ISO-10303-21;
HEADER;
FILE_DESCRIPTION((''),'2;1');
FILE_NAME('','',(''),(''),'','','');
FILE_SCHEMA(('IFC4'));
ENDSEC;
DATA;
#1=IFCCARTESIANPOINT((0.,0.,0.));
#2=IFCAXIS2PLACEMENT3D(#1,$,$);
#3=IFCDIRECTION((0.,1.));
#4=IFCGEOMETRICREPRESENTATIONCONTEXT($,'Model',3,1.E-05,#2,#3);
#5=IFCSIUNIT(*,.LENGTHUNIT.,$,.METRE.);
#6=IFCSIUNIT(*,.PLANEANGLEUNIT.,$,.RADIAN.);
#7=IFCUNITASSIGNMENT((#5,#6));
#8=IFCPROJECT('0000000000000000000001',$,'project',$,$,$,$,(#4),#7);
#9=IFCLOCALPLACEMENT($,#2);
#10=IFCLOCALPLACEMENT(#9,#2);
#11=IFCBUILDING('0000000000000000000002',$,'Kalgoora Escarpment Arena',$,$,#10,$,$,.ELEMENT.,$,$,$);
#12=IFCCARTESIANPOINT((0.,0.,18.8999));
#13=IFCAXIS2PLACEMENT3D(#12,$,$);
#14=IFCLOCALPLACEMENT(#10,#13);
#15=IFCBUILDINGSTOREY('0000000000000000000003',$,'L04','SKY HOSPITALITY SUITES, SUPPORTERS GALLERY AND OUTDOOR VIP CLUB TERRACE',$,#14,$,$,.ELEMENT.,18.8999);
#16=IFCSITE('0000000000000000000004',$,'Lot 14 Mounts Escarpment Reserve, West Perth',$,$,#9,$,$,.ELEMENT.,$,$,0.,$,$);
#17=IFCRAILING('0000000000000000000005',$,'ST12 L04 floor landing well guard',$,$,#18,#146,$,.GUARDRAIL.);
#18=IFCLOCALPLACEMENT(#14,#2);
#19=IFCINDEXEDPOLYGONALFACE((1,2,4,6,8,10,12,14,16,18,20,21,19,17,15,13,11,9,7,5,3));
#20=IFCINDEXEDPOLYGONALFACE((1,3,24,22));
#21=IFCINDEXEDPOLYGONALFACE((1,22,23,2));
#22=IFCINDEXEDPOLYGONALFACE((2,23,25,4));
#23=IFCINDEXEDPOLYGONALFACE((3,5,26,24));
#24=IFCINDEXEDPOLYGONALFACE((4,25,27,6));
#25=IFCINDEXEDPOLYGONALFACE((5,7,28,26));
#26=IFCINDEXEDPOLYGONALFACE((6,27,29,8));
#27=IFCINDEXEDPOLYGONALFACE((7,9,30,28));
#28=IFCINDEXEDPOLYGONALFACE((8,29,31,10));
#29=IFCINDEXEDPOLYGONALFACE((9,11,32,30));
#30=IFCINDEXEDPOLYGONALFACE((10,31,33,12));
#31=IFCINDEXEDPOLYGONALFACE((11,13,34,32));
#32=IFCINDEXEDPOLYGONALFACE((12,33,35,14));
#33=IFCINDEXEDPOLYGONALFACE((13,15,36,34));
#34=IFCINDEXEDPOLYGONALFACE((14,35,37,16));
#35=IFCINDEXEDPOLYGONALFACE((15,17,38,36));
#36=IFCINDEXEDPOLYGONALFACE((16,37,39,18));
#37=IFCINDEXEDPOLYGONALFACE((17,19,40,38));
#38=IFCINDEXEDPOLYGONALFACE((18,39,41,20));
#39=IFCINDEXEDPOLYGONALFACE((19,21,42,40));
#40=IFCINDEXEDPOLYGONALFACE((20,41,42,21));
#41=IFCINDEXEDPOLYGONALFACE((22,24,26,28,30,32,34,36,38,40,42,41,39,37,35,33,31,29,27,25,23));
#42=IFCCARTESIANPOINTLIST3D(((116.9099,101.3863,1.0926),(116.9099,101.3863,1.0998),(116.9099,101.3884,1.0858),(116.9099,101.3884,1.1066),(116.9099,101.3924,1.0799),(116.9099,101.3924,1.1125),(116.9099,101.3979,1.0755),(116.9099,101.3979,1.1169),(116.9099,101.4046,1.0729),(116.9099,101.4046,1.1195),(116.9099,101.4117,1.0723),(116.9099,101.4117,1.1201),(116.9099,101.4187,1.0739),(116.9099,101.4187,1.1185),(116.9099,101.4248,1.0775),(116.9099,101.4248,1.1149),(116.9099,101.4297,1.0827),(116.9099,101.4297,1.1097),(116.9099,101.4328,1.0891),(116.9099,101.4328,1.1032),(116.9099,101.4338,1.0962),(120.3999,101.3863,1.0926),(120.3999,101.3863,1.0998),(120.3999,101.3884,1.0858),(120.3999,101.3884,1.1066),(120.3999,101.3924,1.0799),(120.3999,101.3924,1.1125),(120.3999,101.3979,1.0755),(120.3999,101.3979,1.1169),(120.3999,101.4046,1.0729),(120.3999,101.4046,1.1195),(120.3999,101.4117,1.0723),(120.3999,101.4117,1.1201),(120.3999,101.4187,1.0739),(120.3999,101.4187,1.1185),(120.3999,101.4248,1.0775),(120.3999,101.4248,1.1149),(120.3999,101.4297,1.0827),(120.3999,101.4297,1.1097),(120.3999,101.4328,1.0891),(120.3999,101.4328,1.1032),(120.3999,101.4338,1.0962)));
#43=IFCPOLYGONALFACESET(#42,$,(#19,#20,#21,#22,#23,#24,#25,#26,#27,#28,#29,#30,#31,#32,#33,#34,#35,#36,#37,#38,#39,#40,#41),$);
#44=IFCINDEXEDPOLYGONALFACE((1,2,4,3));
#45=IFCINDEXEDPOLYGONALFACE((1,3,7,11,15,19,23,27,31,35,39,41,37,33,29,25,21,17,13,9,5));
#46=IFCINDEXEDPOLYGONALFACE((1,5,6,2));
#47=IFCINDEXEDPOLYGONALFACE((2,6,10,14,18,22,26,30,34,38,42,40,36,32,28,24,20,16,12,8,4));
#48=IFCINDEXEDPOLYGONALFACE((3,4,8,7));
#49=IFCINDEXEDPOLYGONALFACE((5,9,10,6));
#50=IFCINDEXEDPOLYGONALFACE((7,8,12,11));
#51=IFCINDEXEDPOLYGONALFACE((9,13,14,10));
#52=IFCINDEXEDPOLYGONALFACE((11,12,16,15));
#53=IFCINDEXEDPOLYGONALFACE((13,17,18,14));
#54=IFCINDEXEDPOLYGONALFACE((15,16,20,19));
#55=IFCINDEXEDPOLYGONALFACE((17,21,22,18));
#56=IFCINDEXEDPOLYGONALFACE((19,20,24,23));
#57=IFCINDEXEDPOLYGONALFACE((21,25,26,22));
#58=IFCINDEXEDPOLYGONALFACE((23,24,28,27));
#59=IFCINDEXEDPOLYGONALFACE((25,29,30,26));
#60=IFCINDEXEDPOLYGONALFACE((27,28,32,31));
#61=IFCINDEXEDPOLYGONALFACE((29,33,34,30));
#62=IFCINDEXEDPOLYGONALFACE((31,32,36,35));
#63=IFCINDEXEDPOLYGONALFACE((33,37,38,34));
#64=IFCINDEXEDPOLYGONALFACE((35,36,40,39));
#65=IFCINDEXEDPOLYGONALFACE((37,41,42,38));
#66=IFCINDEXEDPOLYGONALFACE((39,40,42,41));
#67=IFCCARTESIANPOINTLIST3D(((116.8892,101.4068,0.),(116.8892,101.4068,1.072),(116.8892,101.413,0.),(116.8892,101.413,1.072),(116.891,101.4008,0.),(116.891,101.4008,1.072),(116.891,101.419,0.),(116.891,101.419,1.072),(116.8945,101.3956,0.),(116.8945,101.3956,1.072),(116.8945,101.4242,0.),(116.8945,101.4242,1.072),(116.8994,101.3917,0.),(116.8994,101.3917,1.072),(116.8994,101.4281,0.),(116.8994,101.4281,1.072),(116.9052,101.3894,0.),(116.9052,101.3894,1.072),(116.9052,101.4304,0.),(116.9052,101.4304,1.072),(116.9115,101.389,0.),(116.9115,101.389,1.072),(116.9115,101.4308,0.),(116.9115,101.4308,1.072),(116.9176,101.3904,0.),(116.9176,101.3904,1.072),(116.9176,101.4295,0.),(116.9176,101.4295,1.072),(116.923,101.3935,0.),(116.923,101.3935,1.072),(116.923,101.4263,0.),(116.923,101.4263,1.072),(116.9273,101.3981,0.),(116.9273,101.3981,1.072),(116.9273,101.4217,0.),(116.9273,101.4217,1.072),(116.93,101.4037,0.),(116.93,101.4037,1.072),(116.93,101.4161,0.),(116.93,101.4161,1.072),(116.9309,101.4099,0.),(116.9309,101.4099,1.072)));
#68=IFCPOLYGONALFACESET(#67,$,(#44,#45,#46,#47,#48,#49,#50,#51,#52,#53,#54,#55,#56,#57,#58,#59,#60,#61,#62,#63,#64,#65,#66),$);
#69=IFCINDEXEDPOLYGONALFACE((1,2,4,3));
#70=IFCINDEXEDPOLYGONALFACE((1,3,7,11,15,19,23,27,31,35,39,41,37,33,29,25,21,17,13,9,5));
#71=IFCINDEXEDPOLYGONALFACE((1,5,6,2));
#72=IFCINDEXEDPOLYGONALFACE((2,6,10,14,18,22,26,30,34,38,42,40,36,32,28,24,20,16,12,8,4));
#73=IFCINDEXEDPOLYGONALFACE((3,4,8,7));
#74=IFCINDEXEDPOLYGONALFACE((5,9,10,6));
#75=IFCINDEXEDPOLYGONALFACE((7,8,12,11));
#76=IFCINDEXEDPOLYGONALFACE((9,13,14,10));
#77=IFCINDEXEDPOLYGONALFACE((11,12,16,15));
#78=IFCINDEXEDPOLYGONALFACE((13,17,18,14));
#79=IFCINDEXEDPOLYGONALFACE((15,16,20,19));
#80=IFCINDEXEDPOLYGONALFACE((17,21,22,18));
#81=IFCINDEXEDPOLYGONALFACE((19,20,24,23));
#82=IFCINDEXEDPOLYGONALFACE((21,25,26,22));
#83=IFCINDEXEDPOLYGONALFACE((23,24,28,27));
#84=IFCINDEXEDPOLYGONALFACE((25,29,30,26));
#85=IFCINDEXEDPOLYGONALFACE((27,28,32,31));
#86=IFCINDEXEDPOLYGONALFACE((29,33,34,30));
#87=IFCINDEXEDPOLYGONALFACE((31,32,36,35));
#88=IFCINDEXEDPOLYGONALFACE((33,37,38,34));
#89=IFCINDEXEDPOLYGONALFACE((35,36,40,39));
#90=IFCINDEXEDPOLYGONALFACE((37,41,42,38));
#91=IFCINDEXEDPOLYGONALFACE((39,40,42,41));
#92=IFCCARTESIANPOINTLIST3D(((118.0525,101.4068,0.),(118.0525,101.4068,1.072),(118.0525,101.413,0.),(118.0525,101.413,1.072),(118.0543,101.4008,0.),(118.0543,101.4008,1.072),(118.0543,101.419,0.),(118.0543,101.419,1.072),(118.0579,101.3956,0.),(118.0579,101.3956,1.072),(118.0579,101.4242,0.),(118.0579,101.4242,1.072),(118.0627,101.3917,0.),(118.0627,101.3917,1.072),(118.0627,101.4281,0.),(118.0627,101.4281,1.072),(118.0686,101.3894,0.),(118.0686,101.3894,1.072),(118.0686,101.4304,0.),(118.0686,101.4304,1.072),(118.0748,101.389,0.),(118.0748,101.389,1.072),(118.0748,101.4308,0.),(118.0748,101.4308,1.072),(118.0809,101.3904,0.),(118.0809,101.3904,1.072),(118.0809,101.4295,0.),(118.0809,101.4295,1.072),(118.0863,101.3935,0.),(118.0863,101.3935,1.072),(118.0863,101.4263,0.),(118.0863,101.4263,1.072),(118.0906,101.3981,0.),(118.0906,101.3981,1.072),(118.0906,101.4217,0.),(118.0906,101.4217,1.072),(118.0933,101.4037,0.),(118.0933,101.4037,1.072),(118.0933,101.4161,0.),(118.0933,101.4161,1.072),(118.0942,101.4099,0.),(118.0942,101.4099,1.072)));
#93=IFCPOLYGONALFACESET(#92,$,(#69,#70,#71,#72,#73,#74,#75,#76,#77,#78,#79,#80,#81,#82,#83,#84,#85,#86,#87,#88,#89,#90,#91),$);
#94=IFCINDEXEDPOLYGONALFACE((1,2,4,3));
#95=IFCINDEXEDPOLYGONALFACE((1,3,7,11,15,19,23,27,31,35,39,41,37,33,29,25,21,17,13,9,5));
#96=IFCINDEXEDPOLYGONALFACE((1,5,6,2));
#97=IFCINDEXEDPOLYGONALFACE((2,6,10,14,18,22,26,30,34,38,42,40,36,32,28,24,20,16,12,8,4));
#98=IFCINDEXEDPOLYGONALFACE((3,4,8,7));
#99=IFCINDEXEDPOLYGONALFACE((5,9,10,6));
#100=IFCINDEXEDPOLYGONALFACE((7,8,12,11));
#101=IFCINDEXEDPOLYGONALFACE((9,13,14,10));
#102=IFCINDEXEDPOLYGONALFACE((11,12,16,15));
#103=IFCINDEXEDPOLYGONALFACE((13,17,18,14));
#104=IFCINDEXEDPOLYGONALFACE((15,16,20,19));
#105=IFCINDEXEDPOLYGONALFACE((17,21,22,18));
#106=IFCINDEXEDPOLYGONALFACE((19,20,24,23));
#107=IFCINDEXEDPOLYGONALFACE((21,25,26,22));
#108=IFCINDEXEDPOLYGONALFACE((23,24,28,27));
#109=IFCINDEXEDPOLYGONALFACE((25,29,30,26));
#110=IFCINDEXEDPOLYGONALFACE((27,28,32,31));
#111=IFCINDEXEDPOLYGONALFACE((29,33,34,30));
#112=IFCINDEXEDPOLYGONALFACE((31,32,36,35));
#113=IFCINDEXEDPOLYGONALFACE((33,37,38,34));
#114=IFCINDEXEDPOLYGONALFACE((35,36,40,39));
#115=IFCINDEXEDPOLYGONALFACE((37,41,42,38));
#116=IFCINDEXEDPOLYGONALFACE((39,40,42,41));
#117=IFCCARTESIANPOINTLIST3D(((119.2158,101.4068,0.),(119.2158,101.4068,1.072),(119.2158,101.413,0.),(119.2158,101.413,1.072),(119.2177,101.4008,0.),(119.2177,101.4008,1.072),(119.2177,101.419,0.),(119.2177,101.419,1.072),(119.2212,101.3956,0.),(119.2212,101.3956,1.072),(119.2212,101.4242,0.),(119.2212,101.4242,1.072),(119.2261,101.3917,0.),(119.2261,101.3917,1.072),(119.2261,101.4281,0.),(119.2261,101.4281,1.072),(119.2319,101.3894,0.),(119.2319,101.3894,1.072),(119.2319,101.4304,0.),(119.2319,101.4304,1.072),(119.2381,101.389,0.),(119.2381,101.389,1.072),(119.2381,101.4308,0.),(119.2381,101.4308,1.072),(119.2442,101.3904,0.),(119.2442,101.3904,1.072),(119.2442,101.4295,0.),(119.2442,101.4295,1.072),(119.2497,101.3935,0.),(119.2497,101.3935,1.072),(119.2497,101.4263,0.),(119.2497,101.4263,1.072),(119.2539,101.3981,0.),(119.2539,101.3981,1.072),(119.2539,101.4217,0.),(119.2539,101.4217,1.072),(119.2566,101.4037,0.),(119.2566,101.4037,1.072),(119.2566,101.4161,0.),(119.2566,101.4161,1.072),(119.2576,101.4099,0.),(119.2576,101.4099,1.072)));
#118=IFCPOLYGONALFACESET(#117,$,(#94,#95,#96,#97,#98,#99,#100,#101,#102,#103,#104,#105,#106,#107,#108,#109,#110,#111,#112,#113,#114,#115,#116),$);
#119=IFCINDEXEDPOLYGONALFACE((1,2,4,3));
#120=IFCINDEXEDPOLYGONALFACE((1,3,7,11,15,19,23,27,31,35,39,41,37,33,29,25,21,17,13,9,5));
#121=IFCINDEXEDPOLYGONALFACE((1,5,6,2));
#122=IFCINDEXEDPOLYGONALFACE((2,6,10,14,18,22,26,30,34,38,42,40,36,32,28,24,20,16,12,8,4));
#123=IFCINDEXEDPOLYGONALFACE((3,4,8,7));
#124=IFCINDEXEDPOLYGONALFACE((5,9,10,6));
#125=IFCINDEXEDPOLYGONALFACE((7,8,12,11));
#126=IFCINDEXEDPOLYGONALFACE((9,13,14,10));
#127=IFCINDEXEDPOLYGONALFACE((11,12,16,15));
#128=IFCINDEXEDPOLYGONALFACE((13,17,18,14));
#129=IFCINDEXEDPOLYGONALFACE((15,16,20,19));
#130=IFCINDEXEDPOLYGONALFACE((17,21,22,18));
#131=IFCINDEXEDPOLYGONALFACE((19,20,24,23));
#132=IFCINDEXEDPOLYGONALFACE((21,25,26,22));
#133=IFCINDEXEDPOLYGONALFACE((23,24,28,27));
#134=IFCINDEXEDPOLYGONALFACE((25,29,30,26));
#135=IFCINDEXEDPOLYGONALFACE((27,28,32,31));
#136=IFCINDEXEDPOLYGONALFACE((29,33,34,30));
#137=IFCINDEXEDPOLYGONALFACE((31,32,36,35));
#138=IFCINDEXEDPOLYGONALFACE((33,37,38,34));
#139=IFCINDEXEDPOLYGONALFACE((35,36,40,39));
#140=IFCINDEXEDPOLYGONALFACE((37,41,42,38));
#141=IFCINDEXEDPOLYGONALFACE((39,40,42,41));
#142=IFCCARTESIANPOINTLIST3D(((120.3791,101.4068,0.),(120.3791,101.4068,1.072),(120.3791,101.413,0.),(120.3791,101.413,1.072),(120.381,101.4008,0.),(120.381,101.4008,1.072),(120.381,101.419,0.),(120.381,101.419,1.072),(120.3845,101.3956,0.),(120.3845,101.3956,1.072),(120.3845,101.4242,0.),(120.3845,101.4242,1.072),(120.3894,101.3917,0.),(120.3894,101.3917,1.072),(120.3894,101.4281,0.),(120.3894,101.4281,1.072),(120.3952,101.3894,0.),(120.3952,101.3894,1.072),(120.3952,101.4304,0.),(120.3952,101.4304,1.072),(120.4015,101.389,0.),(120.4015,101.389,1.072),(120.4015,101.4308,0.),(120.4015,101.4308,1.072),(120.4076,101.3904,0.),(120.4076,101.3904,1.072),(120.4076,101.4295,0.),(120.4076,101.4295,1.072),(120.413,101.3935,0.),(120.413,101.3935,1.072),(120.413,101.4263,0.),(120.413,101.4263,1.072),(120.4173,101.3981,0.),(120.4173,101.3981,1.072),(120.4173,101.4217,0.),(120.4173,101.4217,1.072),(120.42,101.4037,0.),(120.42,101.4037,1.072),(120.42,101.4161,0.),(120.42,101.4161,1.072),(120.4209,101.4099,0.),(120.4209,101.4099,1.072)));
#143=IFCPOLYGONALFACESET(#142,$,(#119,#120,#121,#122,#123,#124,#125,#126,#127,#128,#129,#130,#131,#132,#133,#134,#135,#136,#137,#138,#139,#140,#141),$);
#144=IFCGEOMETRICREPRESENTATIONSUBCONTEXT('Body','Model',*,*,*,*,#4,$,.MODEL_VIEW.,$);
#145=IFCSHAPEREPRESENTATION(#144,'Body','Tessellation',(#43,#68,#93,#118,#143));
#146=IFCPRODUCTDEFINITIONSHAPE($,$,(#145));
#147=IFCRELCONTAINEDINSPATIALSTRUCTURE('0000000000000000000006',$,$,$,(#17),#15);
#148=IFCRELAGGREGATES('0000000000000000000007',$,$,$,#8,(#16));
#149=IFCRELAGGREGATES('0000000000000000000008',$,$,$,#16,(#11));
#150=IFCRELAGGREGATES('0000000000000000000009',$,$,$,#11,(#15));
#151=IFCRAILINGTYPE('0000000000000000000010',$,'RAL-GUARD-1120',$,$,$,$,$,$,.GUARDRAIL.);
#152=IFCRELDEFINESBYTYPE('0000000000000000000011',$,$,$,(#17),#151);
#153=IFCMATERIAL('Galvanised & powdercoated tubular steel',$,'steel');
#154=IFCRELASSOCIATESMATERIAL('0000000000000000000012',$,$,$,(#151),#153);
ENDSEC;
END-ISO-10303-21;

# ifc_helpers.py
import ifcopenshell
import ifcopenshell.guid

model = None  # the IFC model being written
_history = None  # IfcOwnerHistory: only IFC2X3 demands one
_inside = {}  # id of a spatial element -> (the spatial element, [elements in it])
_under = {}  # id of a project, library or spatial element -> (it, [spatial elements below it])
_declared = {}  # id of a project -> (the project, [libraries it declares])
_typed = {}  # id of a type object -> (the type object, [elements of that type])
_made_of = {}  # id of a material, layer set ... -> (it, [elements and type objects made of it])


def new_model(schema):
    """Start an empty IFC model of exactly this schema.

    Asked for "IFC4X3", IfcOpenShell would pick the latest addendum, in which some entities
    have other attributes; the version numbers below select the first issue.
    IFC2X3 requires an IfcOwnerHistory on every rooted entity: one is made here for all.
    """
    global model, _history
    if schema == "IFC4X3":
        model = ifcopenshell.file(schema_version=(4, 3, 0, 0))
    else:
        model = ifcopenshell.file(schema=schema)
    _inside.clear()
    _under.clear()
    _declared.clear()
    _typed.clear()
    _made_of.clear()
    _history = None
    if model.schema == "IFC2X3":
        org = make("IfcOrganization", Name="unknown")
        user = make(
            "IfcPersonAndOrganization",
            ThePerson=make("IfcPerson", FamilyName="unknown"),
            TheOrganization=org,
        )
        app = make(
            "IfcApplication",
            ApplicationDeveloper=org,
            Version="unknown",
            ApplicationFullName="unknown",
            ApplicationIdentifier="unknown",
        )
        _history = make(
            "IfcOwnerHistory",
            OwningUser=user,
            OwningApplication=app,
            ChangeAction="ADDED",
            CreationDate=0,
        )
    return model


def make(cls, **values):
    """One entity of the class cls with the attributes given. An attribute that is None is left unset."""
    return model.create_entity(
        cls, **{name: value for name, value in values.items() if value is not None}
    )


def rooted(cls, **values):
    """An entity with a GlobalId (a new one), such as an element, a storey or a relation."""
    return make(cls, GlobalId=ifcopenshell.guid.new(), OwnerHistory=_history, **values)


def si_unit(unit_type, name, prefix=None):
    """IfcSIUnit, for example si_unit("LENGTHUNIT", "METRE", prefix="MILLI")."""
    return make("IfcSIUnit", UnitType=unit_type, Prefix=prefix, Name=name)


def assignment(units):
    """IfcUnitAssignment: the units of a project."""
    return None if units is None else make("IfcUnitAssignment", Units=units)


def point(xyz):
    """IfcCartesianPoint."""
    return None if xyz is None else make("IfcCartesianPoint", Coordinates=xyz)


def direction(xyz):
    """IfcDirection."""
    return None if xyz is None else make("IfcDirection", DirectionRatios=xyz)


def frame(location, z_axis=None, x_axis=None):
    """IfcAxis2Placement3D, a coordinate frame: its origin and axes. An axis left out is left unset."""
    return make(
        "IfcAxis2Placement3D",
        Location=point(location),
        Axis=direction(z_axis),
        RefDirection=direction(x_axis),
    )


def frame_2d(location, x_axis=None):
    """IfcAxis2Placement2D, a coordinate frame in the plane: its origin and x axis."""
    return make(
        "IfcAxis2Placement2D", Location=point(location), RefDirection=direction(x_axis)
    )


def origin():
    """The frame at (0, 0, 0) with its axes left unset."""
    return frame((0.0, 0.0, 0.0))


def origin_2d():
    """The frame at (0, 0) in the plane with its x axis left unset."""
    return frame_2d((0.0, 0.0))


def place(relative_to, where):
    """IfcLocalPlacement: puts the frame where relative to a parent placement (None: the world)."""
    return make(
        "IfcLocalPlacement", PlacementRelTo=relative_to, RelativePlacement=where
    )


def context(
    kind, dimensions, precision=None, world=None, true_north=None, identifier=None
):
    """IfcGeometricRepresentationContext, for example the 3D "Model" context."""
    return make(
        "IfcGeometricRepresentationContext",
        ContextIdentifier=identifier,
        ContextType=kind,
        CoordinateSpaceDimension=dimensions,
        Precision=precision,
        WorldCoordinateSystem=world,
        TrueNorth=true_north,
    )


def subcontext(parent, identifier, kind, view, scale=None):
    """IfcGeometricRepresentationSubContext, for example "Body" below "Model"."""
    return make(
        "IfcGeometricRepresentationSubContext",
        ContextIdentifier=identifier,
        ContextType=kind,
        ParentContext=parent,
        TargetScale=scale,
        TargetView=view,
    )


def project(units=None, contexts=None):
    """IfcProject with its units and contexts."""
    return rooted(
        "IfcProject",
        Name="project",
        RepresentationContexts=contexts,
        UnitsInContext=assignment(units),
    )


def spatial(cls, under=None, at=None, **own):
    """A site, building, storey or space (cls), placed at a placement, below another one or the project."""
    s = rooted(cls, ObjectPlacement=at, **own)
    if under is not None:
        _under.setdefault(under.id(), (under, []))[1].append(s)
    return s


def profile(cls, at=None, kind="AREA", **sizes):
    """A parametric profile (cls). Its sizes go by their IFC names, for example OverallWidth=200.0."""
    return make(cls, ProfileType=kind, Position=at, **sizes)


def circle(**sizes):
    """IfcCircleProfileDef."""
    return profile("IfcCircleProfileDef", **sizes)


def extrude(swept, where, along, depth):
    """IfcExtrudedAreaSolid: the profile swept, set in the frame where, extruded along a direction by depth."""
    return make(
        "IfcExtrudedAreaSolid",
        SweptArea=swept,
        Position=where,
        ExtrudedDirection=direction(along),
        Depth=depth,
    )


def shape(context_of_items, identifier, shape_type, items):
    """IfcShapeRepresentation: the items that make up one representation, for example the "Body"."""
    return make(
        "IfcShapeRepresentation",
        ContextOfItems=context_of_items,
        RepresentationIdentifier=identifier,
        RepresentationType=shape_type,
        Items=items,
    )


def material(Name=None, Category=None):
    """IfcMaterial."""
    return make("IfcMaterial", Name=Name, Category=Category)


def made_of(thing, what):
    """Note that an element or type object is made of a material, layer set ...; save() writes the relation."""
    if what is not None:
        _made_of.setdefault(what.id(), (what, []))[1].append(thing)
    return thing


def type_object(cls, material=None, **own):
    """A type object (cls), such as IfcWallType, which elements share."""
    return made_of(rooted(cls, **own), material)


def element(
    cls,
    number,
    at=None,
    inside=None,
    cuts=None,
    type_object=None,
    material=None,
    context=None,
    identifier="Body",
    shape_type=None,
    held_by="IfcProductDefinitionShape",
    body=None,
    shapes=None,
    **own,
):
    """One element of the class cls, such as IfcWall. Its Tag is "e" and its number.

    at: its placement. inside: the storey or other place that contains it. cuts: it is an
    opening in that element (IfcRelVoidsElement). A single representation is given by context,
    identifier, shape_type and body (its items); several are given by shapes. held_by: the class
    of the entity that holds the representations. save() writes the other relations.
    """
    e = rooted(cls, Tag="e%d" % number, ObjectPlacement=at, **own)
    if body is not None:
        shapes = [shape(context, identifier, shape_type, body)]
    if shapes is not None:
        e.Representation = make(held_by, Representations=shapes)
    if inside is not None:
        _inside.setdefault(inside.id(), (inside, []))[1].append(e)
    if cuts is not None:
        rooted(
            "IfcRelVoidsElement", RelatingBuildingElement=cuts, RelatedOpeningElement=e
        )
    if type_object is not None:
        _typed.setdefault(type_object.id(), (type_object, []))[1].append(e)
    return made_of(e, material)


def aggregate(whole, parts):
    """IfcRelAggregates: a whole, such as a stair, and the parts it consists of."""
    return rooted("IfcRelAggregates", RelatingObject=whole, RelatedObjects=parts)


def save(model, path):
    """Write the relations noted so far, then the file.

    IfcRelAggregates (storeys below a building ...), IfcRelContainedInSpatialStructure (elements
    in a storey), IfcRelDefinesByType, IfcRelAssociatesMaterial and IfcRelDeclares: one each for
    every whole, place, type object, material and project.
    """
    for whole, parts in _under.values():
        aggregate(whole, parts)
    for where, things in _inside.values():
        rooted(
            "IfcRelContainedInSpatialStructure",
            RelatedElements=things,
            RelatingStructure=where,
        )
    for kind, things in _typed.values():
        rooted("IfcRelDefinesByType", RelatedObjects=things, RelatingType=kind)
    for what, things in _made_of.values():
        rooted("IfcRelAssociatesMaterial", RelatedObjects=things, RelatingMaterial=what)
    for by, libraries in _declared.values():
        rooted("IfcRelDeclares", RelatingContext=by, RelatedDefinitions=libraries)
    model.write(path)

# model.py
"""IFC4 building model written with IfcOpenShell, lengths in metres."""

from ifc_helpers import new_model, si_unit, direction, frame, origin, origin_2d, place, context, subcontext, project, spatial, circle, extrude, material, type_object, element, save


model = new_model("IFC4")

# Units and contexts
model_context = context("Model", 3, precision=1e-05, world=origin(), true_north=direction((0.0, 1.0)))
body_context = subcontext(model_context, "Body", "Model", "MODEL_VIEW")
ifc_project = project(units=[si_unit("LENGTHUNIT", "METRE"), si_unit("PLANEANGLEUNIT", "RADIAN")], contexts=[model_context])

# Site, building, storey
site_placement = place(None, origin())
site = spatial("IfcSite", under=ifc_project, at=site_placement, Name="Lot 14 Mounts Escarpment Reserve, West Perth", CompositionType="ELEMENT", RefElevation=0.0)
building_placement = place(site_placement, origin())
building = spatial("IfcBuilding", under=site, at=building_placement, Name="Kalgoora Escarpment Arena", CompositionType="ELEMENT")
storey_placement = place(building_placement, frame((0.0, 0.0, 18.8999)))
storey = spatial("IfcBuildingStorey", under=building, at=storey_placement, Name="L04", Description="SKY HOSPITALITY SUITES, SUPPORTERS GALLERY AND OUTDOOR VIP CLUB TERRACE", CompositionType="ELEMENT", Elevation=18.8999)

# Railing
ifc_material_1 = material(Name="Galvanised & powdercoated tubular steel", Category="steel")
railing_type_1 = type_object("IfcRailingType", Name="RAL-GUARD-1120", PredefinedType="GUARDRAIL", material=ifc_material_1)
railing_1_placement = place(storey_placement, frame((116.9099, 101.4099, 0.0)))
element("IfcRailing", 1, at=railing_1_placement, inside=storey, type_object=railing_type_1, Name="ST12 L04 floor landing well guard", PredefinedType="GUARDRAIL", context=body_context, shape_type="SweptSolid", body=[
    extrude(circle(Radius=0.0239, at=origin_2d()), frame((0.0, 0.0, 1.0962), z_axis=(1.0, 0.0, 0.0), x_axis=(0.0, 1.0, 0.0)), (0.0, 0.0, 1.0), 3.49),
    extrude(circle(Radius=0.021, at=origin_2d()), origin(), (0.0, 0.0, 1.0), 1.072),
    extrude(circle(Radius=0.021, at=origin_2d()), frame((1.1633, 0.0, 0.0)), (0.0, 0.0, 1.0), 1.072),
    extrude(circle(Radius=0.021, at=origin_2d()), frame((2.3267, 0.0, 0.0)), (0.0, 0.0, 1.0), 1.072),
    extrude(circle(Radius=0.021, at=origin_2d()), frame((3.49, 0.0, 0.0)), (0.0, 0.0, 1.0), 1.072),
])

save(model, "model.ifc")
